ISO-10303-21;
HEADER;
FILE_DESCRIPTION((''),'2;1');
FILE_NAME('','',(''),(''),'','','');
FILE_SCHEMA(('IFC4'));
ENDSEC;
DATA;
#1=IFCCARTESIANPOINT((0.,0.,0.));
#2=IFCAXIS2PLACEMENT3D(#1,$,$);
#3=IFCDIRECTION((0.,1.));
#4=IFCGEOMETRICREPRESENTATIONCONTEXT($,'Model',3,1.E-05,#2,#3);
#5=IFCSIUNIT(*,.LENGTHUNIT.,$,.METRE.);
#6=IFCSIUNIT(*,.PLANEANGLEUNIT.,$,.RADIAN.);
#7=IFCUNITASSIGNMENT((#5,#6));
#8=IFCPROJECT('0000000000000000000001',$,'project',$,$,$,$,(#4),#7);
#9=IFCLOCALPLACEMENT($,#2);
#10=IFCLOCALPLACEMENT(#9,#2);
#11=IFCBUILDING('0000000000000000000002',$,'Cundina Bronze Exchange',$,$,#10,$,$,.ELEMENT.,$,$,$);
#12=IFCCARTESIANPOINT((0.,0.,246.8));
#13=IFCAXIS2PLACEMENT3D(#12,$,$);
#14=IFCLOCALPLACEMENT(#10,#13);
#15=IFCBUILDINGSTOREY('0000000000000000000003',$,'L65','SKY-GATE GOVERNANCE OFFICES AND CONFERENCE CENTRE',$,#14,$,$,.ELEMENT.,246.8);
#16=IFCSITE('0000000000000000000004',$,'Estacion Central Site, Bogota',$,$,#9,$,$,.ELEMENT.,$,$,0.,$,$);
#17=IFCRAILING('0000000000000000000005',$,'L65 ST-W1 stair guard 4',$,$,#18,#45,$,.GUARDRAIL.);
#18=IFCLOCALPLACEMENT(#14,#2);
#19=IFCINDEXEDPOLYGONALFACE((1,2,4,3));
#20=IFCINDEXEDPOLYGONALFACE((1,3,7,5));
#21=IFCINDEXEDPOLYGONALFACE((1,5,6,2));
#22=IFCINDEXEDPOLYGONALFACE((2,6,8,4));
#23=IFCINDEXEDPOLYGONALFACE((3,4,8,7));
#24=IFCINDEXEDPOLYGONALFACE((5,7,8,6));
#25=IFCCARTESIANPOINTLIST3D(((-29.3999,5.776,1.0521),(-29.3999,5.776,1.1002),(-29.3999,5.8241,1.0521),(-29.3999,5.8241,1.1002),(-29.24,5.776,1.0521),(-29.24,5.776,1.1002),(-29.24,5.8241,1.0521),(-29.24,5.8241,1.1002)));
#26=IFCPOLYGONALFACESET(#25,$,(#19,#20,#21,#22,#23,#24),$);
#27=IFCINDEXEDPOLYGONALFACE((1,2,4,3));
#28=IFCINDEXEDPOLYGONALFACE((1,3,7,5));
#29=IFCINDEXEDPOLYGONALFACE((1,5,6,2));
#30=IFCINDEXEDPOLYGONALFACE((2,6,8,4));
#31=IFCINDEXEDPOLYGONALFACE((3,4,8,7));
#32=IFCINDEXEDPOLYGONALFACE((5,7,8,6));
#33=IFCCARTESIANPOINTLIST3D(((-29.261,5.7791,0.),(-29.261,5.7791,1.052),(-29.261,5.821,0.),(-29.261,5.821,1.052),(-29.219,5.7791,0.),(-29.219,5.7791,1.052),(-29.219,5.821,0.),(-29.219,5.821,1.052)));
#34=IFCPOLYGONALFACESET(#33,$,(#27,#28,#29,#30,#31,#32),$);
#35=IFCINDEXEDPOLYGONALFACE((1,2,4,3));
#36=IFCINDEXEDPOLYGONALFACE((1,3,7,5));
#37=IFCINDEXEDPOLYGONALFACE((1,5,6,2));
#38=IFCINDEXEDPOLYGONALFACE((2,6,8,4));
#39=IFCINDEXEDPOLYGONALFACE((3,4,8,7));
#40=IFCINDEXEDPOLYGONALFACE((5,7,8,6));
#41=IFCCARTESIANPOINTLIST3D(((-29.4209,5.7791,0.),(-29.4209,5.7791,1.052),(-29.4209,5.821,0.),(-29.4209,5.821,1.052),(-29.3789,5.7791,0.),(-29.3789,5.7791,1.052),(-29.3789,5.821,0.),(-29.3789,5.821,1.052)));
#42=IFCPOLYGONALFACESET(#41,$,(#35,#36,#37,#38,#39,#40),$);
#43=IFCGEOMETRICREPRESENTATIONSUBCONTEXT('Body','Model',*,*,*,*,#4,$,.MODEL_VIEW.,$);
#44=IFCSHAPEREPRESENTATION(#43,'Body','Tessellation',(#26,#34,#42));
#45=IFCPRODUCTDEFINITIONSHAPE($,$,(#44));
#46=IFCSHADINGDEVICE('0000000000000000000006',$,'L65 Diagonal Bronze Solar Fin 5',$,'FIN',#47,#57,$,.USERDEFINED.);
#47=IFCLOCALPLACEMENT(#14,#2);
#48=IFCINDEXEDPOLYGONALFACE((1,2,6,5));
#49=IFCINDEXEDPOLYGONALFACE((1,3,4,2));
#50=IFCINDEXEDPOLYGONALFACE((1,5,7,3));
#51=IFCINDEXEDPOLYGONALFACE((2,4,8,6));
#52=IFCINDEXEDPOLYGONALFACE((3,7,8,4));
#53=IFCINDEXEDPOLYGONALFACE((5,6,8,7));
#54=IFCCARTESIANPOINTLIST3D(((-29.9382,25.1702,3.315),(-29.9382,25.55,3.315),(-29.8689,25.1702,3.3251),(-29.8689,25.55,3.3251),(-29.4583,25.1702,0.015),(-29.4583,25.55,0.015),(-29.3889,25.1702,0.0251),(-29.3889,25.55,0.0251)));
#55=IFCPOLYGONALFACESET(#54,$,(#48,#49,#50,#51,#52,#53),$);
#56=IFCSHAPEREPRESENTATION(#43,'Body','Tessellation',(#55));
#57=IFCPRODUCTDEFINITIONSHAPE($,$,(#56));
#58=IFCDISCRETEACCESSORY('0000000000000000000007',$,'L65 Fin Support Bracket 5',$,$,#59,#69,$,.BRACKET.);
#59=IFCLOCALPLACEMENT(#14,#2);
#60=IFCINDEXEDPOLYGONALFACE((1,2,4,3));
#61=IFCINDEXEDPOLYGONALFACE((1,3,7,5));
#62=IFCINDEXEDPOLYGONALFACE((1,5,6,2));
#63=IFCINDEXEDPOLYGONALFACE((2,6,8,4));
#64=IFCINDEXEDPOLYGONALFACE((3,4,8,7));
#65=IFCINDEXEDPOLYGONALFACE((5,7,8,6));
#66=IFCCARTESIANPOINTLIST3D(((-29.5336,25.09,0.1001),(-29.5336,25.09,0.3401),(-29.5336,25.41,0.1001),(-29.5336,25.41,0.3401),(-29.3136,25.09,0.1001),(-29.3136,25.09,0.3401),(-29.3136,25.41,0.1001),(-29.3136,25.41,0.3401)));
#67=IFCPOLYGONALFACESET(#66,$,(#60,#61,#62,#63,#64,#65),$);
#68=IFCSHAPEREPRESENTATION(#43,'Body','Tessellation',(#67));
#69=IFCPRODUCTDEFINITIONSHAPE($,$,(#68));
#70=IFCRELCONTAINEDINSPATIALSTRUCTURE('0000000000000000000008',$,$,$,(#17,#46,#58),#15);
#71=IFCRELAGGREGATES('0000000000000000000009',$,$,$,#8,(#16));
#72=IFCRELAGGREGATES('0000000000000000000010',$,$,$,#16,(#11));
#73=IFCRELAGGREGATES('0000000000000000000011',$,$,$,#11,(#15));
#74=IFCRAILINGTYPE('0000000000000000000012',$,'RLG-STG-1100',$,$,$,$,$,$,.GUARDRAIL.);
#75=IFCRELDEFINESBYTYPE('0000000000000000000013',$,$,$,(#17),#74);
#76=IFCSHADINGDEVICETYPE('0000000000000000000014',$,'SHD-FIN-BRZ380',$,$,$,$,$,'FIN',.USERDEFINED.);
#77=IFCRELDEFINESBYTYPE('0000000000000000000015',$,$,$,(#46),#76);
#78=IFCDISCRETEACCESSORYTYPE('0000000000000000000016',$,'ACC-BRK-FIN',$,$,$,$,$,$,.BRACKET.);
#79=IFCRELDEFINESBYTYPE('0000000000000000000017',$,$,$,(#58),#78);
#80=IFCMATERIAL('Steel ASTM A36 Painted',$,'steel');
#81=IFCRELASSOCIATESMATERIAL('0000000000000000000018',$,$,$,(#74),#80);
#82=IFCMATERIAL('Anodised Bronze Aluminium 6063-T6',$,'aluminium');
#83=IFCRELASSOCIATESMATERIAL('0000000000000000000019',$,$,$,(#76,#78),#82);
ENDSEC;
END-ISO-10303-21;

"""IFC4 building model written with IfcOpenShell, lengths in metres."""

from ifc_helpers import new_model, si_unit, direction, frame, origin, origin_2d, place, context, subcontext, project, spatial, rectangle, extrude, material, material_profile, profile_set, type_object, element, save


model = new_model("IFC4")

# Units and contexts
model_context = context("Model", 3, precision=1e-05, world=origin(), true_north=direction((0.0, 1.0)))
body_context = subcontext(model_context, "Body", "Model", "MODEL_VIEW")
ifc_project = project(units=[si_unit("LENGTHUNIT", "METRE"), si_unit("PLANEANGLEUNIT", "RADIAN")], contexts=[model_context])

# Site, building, storey
site_placement = place(None, origin())
site = spatial("IfcSite", under=ifc_project, at=site_placement, Name="Estacion Central Site, Bogota", CompositionType="ELEMENT", RefElevation=0.0)
building_placement = place(site_placement, origin())
building = spatial("IfcBuilding", under=site, at=building_placement, Name="Cundina Bronze Exchange", CompositionType="ELEMENT")
storey_placement = place(building_placement, frame((0.0, 0.0, 246.8)))
storey = spatial("IfcBuildingStorey", under=building, at=storey_placement, Name="L65", Description="SKY-GATE GOVERNANCE OFFICES AND CONFERENCE CENTRE", CompositionType="ELEMENT", Elevation=246.8)

# Shared definitions
ifc_material_1 = material(Name="Anodised Bronze Aluminium 6063-T6", Category="aluminium")

# Shared definitions
ifc_material_2 = material(Name="Steel ASTM A36 Painted", Category="steel")

# Railing
railing_type_1 = type_object("IfcRailingType", Name="RLG-STG-1100", PredefinedType="GUARDRAIL", material=ifc_material_2)
railing_1_placement = place(storey_placement, frame((-29.24, 5.8, 0.0)))
element("IfcRailing", 1, at=railing_1_placement, inside=storey, type_object=railing_type_1, Name="L65 ST-W1 stair guard 4", PredefinedType="GUARDRAIL", context=body_context, shape_type="SweptSolid", body=[
    extrude(rectangle(XDim=0.0481, YDim=0.0481, at=origin_2d()), frame((0.0, 0.0, 1.0762), z_axis=(-1.0, 0.0, 0.0), x_axis=(0.0, -1.0, 0.0)), (0.0, 0.0, 1.0), 0.1599),
    extrude(rectangle(XDim=0.042, YDim=0.042, at=origin_2d()), origin(), (0.0, 0.0, 1.0), 1.052),
    extrude(rectangle(XDim=0.042, YDim=0.042, at=origin_2d()), frame((-0.1599, 0.0, 0.0)), (0.0, 0.0, 1.0), 1.052),
])

# Shading device
ifc_material_profile_1 = material_profile(ifc_material_1, rectangle(XDim=0.0701, YDim=0.3799, at=origin_2d()), Name="FIN70X380", Category="aluminium")
ifc_profile_set_1 = profile_set([ifc_material_profile_1], Name="Anodised Bronze Aluminium 6063-T6")
shading_device_type = type_object("IfcShadingDeviceType", Name="SHD-FIN-BRZ380", ElementType="FIN", PredefinedType="USERDEFINED", material=ifc_profile_set_1)
shading_device_placement = place(storey_placement, frame((-29.4236, 25.3601, 0.02), z_axis=(-0.143932, 0.0, 0.989588), x_axis=(0.989588, 0.0, 0.143932)))
element("IfcShadingDevice", 2, at=shading_device_placement, inside=storey, type_object=shading_device_type, Name="L65 Diagonal Bronze Solar Fin 5", ObjectType="FIN", PredefinedType="USERDEFINED", context=body_context, shape_type="SweptSolid", body=[
    extrude(rectangle(XDim=0.0701, YDim=0.3799, at=origin_2d()), origin(), (0.0, 0.0, 1.0), 3.3347),
])

# Discrete accessory
discrete_accessory_type = type_object("IfcDiscreteAccessoryType", Name="ACC-BRK-FIN", PredefinedType="BRACKET", material=ifc_material_1)
discrete_accessory_placement = place(storey_placement, frame((-29.4236, 25.25, 0.1001), z_axis=(0.0, 0.0, 1.0), x_axis=(-1.0, 0.0, 0.0)))
element("IfcDiscreteAccessory", 3, at=discrete_accessory_placement, inside=storey, type_object=discrete_accessory_type, Name="L65 Fin Support Bracket 5", PredefinedType="BRACKET", context=body_context, shape_type="SweptSolid", body=[
    extrude(rectangle(XDim=0.22, YDim=0.3201, at=origin_2d()), origin(), (0.0, 0.0, 1.0), 0.24),
])

save(model, "model.ifc")
